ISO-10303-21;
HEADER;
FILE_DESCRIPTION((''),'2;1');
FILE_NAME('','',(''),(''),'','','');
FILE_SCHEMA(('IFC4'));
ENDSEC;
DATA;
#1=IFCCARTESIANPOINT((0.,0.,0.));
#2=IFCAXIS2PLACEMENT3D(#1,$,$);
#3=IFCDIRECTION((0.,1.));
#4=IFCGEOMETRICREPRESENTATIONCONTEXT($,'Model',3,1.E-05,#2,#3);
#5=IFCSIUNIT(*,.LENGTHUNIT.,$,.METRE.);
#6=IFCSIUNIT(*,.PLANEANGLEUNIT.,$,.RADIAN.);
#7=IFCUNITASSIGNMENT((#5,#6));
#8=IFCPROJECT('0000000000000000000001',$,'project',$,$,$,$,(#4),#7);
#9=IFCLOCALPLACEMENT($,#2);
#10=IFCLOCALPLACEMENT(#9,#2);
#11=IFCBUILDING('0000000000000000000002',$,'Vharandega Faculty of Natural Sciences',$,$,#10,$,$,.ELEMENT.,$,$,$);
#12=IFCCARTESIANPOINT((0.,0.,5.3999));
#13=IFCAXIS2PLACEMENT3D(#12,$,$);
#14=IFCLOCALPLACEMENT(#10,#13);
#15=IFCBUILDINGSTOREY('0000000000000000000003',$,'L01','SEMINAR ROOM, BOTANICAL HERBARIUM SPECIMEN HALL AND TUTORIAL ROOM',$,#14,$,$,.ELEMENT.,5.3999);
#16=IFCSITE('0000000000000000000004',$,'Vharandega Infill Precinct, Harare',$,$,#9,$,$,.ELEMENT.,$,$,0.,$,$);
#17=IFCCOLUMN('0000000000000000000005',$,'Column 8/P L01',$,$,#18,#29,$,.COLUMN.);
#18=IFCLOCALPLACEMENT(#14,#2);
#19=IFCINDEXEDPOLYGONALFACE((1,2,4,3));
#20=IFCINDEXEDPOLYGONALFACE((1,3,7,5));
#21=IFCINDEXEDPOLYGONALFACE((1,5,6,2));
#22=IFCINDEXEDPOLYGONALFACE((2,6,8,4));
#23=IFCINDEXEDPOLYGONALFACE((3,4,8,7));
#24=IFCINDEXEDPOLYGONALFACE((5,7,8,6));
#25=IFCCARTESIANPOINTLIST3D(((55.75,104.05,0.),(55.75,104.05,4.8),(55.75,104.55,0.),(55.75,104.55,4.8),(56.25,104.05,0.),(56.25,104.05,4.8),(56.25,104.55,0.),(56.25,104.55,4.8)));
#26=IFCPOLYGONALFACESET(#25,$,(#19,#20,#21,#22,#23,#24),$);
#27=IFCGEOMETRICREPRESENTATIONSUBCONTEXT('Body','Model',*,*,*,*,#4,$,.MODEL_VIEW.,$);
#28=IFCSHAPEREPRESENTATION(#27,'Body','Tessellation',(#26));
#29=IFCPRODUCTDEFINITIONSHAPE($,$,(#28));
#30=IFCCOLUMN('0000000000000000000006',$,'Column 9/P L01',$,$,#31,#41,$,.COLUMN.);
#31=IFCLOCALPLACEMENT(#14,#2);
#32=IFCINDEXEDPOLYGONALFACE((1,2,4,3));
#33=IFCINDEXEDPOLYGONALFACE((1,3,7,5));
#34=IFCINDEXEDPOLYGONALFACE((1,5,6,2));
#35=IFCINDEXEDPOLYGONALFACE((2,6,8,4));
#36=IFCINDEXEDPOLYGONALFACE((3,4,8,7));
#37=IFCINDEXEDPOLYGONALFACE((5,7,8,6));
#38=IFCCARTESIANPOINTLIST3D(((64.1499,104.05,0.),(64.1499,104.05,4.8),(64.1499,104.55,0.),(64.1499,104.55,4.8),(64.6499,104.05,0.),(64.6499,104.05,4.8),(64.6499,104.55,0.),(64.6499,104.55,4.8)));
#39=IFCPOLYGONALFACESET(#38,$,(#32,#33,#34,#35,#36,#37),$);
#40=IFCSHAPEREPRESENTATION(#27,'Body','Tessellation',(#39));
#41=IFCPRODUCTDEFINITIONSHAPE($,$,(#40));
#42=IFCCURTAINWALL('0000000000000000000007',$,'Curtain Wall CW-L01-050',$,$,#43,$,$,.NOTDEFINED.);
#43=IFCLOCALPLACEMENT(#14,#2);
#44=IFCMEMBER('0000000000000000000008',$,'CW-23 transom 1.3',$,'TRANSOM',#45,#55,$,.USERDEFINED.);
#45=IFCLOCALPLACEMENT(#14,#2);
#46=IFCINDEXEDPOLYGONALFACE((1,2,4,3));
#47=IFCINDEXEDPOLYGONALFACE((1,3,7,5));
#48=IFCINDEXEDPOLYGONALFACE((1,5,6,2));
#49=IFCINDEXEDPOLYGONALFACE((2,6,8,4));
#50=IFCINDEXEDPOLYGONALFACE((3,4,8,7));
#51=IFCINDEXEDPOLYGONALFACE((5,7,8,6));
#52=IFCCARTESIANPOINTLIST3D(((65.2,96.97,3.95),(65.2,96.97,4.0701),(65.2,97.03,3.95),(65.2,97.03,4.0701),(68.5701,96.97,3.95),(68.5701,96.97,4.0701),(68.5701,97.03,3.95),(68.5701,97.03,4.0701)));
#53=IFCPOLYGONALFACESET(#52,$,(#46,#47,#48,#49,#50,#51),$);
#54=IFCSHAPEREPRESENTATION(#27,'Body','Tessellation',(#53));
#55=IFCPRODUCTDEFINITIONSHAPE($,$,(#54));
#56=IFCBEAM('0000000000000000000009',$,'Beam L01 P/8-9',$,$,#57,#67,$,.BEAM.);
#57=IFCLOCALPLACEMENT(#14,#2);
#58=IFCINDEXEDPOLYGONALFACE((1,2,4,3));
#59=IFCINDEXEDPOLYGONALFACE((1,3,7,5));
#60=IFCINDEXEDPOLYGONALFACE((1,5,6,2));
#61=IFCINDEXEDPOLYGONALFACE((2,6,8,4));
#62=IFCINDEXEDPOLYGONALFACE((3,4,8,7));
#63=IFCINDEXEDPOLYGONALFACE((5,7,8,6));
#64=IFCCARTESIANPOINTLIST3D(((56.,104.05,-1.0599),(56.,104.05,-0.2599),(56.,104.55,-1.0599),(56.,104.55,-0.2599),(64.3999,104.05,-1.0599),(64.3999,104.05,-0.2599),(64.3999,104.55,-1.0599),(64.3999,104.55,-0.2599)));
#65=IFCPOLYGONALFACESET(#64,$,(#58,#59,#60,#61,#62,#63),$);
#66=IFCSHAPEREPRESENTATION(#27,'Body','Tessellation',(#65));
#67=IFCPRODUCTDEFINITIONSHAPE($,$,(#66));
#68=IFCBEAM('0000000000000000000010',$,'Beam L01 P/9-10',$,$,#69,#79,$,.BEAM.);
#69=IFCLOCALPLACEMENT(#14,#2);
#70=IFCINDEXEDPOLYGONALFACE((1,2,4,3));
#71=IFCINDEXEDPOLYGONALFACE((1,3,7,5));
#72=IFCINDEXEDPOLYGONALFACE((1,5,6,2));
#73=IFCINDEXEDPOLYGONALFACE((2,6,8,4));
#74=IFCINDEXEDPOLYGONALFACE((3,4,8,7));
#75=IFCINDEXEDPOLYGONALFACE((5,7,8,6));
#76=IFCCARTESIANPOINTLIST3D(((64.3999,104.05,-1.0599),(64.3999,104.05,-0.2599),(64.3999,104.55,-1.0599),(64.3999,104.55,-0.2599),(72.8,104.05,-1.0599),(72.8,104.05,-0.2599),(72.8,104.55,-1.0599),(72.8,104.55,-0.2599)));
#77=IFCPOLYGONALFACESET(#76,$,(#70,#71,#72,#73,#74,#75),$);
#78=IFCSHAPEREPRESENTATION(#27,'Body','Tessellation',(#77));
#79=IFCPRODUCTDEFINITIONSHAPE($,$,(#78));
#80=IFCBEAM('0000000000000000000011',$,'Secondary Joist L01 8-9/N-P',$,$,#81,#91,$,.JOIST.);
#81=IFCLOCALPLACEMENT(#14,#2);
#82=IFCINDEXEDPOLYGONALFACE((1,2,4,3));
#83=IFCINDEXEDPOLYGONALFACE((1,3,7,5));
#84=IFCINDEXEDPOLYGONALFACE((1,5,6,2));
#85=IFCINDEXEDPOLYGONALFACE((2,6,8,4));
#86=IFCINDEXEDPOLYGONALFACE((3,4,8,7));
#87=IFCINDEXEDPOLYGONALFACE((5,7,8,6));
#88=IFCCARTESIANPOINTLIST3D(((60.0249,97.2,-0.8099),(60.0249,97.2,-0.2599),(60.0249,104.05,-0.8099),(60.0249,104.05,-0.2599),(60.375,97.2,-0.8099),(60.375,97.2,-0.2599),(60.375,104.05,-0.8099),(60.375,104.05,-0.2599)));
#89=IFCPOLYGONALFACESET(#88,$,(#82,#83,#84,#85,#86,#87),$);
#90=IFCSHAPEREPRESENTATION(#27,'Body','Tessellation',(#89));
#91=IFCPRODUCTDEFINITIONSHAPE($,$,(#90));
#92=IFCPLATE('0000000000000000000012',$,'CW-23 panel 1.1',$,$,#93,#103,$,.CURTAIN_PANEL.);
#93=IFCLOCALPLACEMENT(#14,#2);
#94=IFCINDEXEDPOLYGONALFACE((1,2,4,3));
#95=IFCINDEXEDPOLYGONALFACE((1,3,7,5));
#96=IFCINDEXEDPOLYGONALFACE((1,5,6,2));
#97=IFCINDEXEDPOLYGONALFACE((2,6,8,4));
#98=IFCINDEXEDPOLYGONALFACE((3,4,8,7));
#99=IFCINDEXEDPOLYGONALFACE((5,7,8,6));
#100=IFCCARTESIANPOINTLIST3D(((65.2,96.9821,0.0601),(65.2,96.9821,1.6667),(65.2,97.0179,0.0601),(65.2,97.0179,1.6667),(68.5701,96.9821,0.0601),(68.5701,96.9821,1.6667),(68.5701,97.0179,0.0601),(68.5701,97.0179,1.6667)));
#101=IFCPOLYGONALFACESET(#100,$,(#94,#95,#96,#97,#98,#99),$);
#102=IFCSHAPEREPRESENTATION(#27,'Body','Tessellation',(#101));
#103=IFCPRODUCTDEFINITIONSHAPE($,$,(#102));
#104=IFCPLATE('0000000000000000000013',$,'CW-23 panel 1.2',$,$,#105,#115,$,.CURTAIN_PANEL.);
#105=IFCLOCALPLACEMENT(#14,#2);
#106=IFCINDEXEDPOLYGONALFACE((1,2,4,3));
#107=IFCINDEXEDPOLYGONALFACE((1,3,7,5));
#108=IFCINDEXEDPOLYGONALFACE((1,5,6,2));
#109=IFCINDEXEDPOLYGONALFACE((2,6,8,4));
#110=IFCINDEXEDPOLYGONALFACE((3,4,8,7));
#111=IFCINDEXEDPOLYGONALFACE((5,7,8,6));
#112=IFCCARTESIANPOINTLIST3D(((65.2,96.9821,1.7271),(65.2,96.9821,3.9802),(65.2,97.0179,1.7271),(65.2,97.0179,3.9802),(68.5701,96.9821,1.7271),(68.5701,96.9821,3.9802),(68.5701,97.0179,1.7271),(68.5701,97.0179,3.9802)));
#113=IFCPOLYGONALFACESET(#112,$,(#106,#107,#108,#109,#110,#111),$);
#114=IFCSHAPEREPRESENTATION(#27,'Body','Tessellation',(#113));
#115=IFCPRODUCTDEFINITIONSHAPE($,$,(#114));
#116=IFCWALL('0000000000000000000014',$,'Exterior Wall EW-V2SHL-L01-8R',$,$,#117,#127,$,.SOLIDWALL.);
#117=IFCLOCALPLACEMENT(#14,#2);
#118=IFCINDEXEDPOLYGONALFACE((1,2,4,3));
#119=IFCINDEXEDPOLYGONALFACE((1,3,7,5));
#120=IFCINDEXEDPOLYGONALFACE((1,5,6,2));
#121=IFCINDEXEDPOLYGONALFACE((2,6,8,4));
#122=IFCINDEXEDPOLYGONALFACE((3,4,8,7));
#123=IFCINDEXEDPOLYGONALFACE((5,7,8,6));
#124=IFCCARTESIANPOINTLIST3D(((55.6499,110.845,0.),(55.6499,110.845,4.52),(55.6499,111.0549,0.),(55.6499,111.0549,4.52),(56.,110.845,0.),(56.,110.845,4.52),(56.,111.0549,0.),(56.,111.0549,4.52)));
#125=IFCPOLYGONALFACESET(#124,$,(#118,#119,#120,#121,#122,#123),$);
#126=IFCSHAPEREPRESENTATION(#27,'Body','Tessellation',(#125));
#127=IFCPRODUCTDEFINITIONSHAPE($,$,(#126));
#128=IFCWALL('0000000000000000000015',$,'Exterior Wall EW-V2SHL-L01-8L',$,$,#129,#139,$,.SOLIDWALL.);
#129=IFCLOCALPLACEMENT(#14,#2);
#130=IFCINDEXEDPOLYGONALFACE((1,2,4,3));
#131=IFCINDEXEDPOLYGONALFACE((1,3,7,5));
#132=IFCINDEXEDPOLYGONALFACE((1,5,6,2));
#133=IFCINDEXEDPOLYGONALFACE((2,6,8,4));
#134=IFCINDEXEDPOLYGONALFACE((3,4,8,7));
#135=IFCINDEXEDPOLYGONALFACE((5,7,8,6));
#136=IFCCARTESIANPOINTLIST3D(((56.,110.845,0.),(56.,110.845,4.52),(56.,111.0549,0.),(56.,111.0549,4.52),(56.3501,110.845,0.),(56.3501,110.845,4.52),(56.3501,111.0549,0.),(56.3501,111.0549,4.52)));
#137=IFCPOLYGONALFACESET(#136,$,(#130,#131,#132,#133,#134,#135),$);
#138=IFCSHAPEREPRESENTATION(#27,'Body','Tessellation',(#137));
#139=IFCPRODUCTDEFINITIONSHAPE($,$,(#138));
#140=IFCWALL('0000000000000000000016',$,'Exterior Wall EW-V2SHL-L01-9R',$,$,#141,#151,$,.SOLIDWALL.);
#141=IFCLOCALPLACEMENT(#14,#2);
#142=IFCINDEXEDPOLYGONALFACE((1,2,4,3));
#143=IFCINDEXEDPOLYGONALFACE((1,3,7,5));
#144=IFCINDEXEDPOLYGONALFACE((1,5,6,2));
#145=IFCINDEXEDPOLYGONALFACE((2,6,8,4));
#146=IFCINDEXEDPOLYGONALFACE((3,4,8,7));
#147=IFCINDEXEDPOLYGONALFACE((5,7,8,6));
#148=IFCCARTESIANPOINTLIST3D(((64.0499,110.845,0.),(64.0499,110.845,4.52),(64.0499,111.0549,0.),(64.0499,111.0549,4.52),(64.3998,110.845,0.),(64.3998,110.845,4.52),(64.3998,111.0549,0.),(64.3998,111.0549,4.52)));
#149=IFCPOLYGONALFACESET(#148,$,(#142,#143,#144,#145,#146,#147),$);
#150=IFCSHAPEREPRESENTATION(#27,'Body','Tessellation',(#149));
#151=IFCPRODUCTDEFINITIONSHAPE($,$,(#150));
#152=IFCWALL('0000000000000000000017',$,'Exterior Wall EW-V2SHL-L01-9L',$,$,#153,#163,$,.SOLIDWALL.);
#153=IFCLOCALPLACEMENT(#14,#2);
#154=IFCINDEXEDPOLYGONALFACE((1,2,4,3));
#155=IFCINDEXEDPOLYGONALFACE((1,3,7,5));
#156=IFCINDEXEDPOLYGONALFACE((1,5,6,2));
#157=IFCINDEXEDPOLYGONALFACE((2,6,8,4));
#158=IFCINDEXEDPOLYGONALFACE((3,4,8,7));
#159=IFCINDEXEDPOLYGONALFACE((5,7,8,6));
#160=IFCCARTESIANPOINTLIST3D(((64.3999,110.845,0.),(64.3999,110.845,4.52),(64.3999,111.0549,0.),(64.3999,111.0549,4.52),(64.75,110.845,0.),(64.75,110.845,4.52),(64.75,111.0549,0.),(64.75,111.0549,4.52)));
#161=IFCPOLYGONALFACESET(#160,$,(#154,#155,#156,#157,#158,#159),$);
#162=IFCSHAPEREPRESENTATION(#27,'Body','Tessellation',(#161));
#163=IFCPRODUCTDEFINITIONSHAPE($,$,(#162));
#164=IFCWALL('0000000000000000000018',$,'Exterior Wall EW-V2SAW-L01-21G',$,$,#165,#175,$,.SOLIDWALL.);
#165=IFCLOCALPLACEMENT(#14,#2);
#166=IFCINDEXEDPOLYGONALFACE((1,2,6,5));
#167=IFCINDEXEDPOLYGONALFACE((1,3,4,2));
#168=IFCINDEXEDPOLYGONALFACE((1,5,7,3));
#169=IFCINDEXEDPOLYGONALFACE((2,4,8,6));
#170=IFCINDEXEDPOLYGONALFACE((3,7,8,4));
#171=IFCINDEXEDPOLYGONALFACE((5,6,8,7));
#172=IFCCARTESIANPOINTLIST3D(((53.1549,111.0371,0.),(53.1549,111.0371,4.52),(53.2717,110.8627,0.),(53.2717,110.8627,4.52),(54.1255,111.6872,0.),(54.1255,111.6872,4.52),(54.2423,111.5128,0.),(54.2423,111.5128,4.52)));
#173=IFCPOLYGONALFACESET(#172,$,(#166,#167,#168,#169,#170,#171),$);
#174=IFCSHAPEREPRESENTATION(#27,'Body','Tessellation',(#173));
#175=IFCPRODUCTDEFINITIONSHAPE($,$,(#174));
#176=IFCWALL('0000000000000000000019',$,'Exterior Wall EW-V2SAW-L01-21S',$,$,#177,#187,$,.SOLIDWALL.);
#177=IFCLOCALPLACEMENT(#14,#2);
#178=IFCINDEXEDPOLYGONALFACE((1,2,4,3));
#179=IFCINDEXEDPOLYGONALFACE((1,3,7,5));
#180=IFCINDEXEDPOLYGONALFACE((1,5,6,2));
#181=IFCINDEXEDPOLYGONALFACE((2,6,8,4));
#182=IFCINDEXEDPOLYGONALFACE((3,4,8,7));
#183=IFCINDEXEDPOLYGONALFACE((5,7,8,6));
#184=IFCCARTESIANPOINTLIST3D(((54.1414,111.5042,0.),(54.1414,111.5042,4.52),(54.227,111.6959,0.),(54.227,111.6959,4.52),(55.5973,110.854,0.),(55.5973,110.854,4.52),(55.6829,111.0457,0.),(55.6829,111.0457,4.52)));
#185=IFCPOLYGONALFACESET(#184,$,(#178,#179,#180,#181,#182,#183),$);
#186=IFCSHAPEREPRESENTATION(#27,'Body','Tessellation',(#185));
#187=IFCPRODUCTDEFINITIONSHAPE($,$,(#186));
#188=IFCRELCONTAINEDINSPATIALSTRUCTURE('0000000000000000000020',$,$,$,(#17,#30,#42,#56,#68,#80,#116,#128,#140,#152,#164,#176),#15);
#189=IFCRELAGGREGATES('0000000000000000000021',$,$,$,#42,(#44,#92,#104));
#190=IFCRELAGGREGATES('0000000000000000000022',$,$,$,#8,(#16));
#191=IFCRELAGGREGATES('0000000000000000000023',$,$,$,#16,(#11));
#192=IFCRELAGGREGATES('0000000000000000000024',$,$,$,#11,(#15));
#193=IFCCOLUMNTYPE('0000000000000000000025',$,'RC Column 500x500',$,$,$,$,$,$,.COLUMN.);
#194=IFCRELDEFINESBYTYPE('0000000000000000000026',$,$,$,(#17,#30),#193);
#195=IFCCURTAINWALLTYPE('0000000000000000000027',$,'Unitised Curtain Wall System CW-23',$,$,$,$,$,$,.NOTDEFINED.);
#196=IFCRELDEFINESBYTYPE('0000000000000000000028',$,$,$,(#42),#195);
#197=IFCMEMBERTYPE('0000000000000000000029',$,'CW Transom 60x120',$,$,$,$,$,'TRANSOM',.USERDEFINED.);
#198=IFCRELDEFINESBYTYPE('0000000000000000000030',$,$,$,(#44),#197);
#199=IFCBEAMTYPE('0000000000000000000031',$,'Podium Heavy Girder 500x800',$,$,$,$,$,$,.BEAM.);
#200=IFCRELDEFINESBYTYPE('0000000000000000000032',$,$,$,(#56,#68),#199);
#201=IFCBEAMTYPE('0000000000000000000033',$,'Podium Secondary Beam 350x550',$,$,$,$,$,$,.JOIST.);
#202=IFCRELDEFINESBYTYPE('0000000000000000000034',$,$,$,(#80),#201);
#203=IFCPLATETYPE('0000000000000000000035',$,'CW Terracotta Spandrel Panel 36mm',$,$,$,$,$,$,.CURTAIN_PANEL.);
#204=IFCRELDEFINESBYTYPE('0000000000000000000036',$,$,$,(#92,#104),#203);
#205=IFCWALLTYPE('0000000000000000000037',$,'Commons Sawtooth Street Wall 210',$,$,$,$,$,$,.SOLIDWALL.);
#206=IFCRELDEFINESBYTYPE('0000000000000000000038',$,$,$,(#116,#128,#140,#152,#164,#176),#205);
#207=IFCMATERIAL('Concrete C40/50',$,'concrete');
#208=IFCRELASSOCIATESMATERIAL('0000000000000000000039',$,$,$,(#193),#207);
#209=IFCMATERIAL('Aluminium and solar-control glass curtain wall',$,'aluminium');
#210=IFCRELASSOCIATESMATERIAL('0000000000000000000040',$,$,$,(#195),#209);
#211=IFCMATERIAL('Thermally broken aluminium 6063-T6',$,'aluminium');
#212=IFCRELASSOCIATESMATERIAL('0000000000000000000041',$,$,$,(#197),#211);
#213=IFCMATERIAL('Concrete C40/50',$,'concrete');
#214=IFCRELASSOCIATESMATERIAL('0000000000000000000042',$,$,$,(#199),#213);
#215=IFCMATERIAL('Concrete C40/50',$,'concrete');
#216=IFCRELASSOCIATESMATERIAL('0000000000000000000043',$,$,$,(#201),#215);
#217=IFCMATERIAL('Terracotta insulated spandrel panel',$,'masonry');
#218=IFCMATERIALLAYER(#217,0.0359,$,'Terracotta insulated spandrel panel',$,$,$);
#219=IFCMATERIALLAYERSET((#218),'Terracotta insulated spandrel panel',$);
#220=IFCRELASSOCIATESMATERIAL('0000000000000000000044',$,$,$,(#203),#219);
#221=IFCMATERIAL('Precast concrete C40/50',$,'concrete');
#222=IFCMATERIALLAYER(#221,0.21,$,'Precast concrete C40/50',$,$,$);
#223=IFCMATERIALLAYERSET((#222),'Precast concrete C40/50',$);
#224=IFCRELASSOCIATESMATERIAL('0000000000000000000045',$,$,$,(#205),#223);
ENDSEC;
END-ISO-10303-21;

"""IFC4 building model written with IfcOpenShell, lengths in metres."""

from ifc_helpers import new_model, si_unit, direction, frame, frame_2d, origin, origin_2d, place, context, subcontext, project, spatial, rectangle, extrude, material, layer, layer_set, material_profile, profile_set, type_object, element, aggregate, save


model = new_model("IFC4")

# Units and contexts
model_context = context("Model", 3, precision=1e-05, world=origin(), true_north=direction((0.0, 1.0)))
body_context = subcontext(model_context, "Body", "Model", "MODEL_VIEW")
ifc_project = project(units=[si_unit("LENGTHUNIT", "METRE"), si_unit("PLANEANGLEUNIT", "RADIAN")], contexts=[model_context])

# Site, building, storey
site_placement = place(None, origin())
site = spatial("IfcSite", under=ifc_project, at=site_placement, Name="Vharandega Infill Precinct, Harare", CompositionType="ELEMENT", RefElevation=0.0)
building_placement = place(site_placement, origin())
building = spatial("IfcBuilding", under=site, at=building_placement, Name="Vharandega Faculty of Natural Sciences", CompositionType="ELEMENT")
storey_placement = place(building_placement, frame((0.0, 0.0, 5.3999)))
storey = spatial("IfcBuildingStorey", under=building, at=storey_placement, Name="L01", Description="SEMINAR ROOM, BOTANICAL HERBARIUM SPECIMEN HALL AND TUTORIAL ROOM", CompositionType="ELEMENT", Elevation=5.3999)

# Columns
ifc_material_1 = material(Name="Concrete C40/50", Category="concrete")
ifc_material_profile_1 = material_profile(ifc_material_1, rectangle(XDim=0.5, YDim=0.5, at=origin_2d()), Name="RC 500x500")
ifc_profile_set_1 = profile_set([ifc_material_profile_1], Name="Concrete C40/50")
column_type = type_object("IfcColumnType", Name="RC Column 500x500", PredefinedType="COLUMN", material=ifc_profile_set_1)
for number, where, z_axis, x_axis, name in (
    (1, (56.0, 104.3, 0.0), (0.0, 0.0, 1.0), (1.0, 0.0, 0.0), "Column 8/P L01"),
    (2, (64.3999, 104.3, 0.0), (0.0, 0.0, 1.0), (1.0, 0.0, 0.0), "Column 9/P L01"),
):
    element("IfcColumn", number, at=place(storey_placement, frame(where, z_axis=z_axis, x_axis=x_axis)), inside=storey, type_object=column_type, Name=name, PredefinedType="COLUMN", context=body_context, shape_type="SweptSolid", body=[
        extrude(rectangle(XDim=0.5, YDim=0.5, at=origin_2d()), origin(), (0.0, 0.0, 1.0), 4.8),
    ])

# Curtain wall, member
ifc_material_2 = material(Name="Aluminium and solar-control glass curtain wall", Category="aluminium")
curtain_wall_type = type_object("IfcCurtainWallType", Name="Unitised Curtain Wall System CW-23", PredefinedType="NOTDEFINED", material=ifc_material_2)
curtain_wall_placement = place(storey_placement, origin())
curtain_wall = element("IfcCurtainWall", 3, at=curtain_wall_placement, inside=storey, type_object=curtain_wall_type, Name="Curtain Wall CW-L01-050", PredefinedType="NOTDEFINED")
ifc_material_3 = material(Name="Thermally broken aluminium 6063-T6", Category="aluminium")
ifc_material_profile_2 = material_profile(ifc_material_3, rectangle(XDim=0.0601, YDim=0.1201, at=origin_2d()), Name="ALU 60x120")
ifc_profile_set_2 = profile_set([ifc_material_profile_2], Name="Thermally broken aluminium 6063-T6")
member_type = type_object("IfcMemberType", Name="CW Transom 60x120", ElementType="TRANSOM", PredefinedType="USERDEFINED", material=ifc_profile_set_2)
member_placement = place(storey_placement, frame((65.2, 97.0, 4.01), z_axis=(1.0, 0.0, 0.0), x_axis=(0.0, 1.0, 0.0)))
member = element("IfcMember", 4, at=member_placement, type_object=member_type, Name="CW-23 transom 1.3", ObjectType="TRANSOM", PredefinedType="USERDEFINED", context=body_context, shape_type="SweptSolid", body=[
    extrude(rectangle(XDim=0.0601, YDim=0.1201, at=origin_2d()), origin(), (0.0, 0.0, 1.0), 3.3701),
])

# Beams
ifc_material_4 = material(Name="Concrete C40/50", Category="concrete")
ifc_material_profile_3 = material_profile(ifc_material_4, rectangle(XDim=0.5, YDim=0.8, at=origin_2d()), Name="RC 500x800")
ifc_profile_set_3 = profile_set([ifc_material_profile_3], Name="Concrete C40/50")
beam_type_1 = type_object("IfcBeamType", Name="Podium Heavy Girder 500x800", PredefinedType="BEAM", material=ifc_profile_set_3)
beam_1_placement = place(storey_placement, frame((56.0, 104.3, -0.6599), z_axis=(1.0, 0.0, 0.0), x_axis=(0.0, 1.0, 0.0)))
element("IfcBeam", 5, at=beam_1_placement, inside=storey, type_object=beam_type_1, Name="Beam L01 P/8-9", PredefinedType="BEAM", context=body_context, shape_type="SweptSolid", body=[
    extrude(rectangle(XDim=0.5, YDim=0.8, at=origin_2d()), origin(), (0.0, 0.0, 1.0), 8.3999),
])
beam_2_placement = place(storey_placement, frame((64.3999, 104.3, -0.6599), z_axis=(1.0, 0.0, 0.0), x_axis=(0.0, 1.0, 0.0)))
element("IfcBeam", 6, at=beam_2_placement, inside=storey, type_object=beam_type_1, Name="Beam L01 P/9-10", PredefinedType="BEAM", context=body_context, shape_type="SweptSolid", body=[
    extrude(rectangle(XDim=0.5, YDim=0.8, at=origin_2d()), origin(), (0.0, 0.0, 1.0), 8.4001),
])
ifc_material_5 = material(Name="Concrete C40/50", Category="concrete")
ifc_material_profile_4 = material_profile(ifc_material_5, rectangle(XDim=0.3501, YDim=0.55, at=origin_2d()), Name="RC 350x550")
ifc_profile_set_4 = profile_set([ifc_material_profile_4], Name="Concrete C40/50")
beam_type_2 = type_object("IfcBeamType", Name="Podium Secondary Beam 350x550", PredefinedType="JOIST", material=ifc_profile_set_4)
beam_3_placement = place(storey_placement, frame((60.2, 97.2, -0.5349), z_axis=(0.0, 1.0, 0.0), x_axis=(-1.0, 0.0, 0.0)))
element("IfcBeam", 7, at=beam_3_placement, inside=storey, type_object=beam_type_2, Name="Secondary Joist L01 8-9/N-P", PredefinedType="JOIST", context=body_context, shape_type="SweptSolid", body=[
    extrude(rectangle(XDim=0.3501, YDim=0.55, at=origin_2d()), origin(), (0.0, 0.0, 1.0), 6.8501),
])

# Plates
ifc_material_6 = material(Name="Terracotta insulated spandrel panel", Category="masonry")
ifc_layer_1 = layer(ifc_material_6, 0.0359, Name="Terracotta insulated spandrel panel")
ifc_layer_set_1 = layer_set([ifc_layer_1], Name="Terracotta insulated spandrel panel")
plate_type = type_object("IfcPlateType", Name="CW Terracotta Spandrel Panel 36mm", PredefinedType="CURTAIN_PANEL", material=ifc_layer_set_1)
plate_1_placement = place(storey_placement, frame((66.885, 97.0, 0.0601), z_axis=(0.0, 0.0, 1.0), x_axis=(1.0, 0.0, 0.0)))
plate_1 = element("IfcPlate", 8, at=plate_1_placement, type_object=plate_type, Name="CW-23 panel 1.1", PredefinedType="CURTAIN_PANEL", context=body_context, shape_type="SweptSolid", body=[
    extrude(rectangle(XDim=3.3701, YDim=0.0359, at=origin_2d()), origin(), (0.0, 0.0, 1.0), 1.6067),
])
plate_2_placement = place(storey_placement, frame((66.885, 97.0, 1.7271), z_axis=(0.0, 0.0, 1.0), x_axis=(1.0, 0.0, 0.0)))
plate_2 = element("IfcPlate", 9, at=plate_2_placement, type_object=plate_type, Name="CW-23 panel 1.2", PredefinedType="CURTAIN_PANEL", context=body_context, shape_type="SweptSolid", body=[
    extrude(rectangle(XDim=3.3701, YDim=0.0359, at=origin_2d()), origin(), (0.0, 0.0, 1.0), 2.2532),
])
aggregate(curtain_wall, [member, plate_1, plate_2])

# Walls
ifc_material_7 = material(Name="Precast concrete C40/50", Category="concrete")
ifc_layer_2 = layer(ifc_material_7, 0.21, Name="Precast concrete C40/50")
ifc_layer_set_2 = layer_set([ifc_layer_2], Name="Precast concrete C40/50")
wall_type = type_object("IfcWallType", Name="Commons Sawtooth Street Wall 210", PredefinedType="SOLIDWALL", material=ifc_layer_set_2)
for number, where, z_axis, x_axis, name in (
    (10, (55.6499, 110.95, 0.0), (0.0, 0.0, 1.0), (1.0, 0.0, 0.0), "Exterior Wall EW-V2SHL-L01-8R"),
    (11, (56.0, 110.95, 0.0), (0.0, 0.0, 1.0), (1.0, 0.0, 0.0), "Exterior Wall EW-V2SHL-L01-8L"),
):
    element("IfcWall", number, at=place(storey_placement, frame(where, z_axis=z_axis, x_axis=x_axis)), inside=storey, type_object=wall_type, Name=name, PredefinedType="SOLIDWALL", context=body_context, shape_type="SweptSolid", body=[
        extrude(rectangle(XDim=0.3501, YDim=0.21, at=frame_2d((0.175, 0.0))), origin(), (0.0, 0.0, 1.0), 4.52),
    ])
wall_1_placement = place(storey_placement, frame((64.05, 110.95, 0.0), z_axis=(0.0, 0.0, 1.0), x_axis=(1.0, 0.0, 0.0)))
element("IfcWall", 12, at=wall_1_placement, inside=storey, type_object=wall_type, Name="Exterior Wall EW-V2SHL-L01-9R", PredefinedType="SOLIDWALL", context=body_context, shape_type="SweptSolid", body=[
    extrude(rectangle(XDim=0.3499, YDim=0.21, at=frame_2d((0.1748, 0.0))), origin(), (0.0, 0.0, 1.0), 4.52),
])
wall_2_placement = place(storey_placement, frame((64.3999, 110.95, 0.0), z_axis=(0.0, 0.0, 1.0), x_axis=(1.0, 0.0, 0.0)))
element("IfcWall", 13, at=wall_2_placement, inside=storey, type_object=wall_type, Name="Exterior Wall EW-V2SHL-L01-9L", PredefinedType="SOLIDWALL", context=body_context, shape_type="SweptSolid", body=[
    extrude(rectangle(XDim=0.3501, YDim=0.21, at=frame_2d((0.175, 0.0))), origin(), (0.0, 0.0, 1.0), 4.52),
])
wall_3_placement = place(storey_placement, frame((53.2134, 110.95, 0.0), z_axis=(0.0, 0.0, 1.0), x_axis=(0.830859, 0.556483, 0.0)))
element("IfcWall", 14, at=wall_3_placement, inside=storey, type_object=wall_type, Name="Exterior Wall EW-V2SAW-L01-21G", PredefinedType="SOLIDWALL", context=body_context, shape_type="SweptSolid", body=[
    extrude(rectangle(XDim=1.1682, YDim=0.21, at=frame_2d((0.584, 0.0))), origin(), (0.0, 0.0, 1.0), 4.52),
])
wall_4_placement = place(storey_placement, frame((54.1841, 111.6001, 0.0), z_axis=(0.0, 0.0, 1.0), x_axis=(0.913084, -0.407772, 0.0)))
element("IfcWall", 15, at=wall_4_placement, inside=storey, type_object=wall_type, Name="Exterior Wall EW-V2SAW-L01-21S", PredefinedType="SOLIDWALL", context=body_context, shape_type="SweptSolid", body=[
    extrude(rectangle(XDim=1.5945, YDim=0.21, at=frame_2d((0.7974, 0.0))), origin(), (0.0, 0.0, 1.0), 4.52),
])

save(model, "model.ifc")
